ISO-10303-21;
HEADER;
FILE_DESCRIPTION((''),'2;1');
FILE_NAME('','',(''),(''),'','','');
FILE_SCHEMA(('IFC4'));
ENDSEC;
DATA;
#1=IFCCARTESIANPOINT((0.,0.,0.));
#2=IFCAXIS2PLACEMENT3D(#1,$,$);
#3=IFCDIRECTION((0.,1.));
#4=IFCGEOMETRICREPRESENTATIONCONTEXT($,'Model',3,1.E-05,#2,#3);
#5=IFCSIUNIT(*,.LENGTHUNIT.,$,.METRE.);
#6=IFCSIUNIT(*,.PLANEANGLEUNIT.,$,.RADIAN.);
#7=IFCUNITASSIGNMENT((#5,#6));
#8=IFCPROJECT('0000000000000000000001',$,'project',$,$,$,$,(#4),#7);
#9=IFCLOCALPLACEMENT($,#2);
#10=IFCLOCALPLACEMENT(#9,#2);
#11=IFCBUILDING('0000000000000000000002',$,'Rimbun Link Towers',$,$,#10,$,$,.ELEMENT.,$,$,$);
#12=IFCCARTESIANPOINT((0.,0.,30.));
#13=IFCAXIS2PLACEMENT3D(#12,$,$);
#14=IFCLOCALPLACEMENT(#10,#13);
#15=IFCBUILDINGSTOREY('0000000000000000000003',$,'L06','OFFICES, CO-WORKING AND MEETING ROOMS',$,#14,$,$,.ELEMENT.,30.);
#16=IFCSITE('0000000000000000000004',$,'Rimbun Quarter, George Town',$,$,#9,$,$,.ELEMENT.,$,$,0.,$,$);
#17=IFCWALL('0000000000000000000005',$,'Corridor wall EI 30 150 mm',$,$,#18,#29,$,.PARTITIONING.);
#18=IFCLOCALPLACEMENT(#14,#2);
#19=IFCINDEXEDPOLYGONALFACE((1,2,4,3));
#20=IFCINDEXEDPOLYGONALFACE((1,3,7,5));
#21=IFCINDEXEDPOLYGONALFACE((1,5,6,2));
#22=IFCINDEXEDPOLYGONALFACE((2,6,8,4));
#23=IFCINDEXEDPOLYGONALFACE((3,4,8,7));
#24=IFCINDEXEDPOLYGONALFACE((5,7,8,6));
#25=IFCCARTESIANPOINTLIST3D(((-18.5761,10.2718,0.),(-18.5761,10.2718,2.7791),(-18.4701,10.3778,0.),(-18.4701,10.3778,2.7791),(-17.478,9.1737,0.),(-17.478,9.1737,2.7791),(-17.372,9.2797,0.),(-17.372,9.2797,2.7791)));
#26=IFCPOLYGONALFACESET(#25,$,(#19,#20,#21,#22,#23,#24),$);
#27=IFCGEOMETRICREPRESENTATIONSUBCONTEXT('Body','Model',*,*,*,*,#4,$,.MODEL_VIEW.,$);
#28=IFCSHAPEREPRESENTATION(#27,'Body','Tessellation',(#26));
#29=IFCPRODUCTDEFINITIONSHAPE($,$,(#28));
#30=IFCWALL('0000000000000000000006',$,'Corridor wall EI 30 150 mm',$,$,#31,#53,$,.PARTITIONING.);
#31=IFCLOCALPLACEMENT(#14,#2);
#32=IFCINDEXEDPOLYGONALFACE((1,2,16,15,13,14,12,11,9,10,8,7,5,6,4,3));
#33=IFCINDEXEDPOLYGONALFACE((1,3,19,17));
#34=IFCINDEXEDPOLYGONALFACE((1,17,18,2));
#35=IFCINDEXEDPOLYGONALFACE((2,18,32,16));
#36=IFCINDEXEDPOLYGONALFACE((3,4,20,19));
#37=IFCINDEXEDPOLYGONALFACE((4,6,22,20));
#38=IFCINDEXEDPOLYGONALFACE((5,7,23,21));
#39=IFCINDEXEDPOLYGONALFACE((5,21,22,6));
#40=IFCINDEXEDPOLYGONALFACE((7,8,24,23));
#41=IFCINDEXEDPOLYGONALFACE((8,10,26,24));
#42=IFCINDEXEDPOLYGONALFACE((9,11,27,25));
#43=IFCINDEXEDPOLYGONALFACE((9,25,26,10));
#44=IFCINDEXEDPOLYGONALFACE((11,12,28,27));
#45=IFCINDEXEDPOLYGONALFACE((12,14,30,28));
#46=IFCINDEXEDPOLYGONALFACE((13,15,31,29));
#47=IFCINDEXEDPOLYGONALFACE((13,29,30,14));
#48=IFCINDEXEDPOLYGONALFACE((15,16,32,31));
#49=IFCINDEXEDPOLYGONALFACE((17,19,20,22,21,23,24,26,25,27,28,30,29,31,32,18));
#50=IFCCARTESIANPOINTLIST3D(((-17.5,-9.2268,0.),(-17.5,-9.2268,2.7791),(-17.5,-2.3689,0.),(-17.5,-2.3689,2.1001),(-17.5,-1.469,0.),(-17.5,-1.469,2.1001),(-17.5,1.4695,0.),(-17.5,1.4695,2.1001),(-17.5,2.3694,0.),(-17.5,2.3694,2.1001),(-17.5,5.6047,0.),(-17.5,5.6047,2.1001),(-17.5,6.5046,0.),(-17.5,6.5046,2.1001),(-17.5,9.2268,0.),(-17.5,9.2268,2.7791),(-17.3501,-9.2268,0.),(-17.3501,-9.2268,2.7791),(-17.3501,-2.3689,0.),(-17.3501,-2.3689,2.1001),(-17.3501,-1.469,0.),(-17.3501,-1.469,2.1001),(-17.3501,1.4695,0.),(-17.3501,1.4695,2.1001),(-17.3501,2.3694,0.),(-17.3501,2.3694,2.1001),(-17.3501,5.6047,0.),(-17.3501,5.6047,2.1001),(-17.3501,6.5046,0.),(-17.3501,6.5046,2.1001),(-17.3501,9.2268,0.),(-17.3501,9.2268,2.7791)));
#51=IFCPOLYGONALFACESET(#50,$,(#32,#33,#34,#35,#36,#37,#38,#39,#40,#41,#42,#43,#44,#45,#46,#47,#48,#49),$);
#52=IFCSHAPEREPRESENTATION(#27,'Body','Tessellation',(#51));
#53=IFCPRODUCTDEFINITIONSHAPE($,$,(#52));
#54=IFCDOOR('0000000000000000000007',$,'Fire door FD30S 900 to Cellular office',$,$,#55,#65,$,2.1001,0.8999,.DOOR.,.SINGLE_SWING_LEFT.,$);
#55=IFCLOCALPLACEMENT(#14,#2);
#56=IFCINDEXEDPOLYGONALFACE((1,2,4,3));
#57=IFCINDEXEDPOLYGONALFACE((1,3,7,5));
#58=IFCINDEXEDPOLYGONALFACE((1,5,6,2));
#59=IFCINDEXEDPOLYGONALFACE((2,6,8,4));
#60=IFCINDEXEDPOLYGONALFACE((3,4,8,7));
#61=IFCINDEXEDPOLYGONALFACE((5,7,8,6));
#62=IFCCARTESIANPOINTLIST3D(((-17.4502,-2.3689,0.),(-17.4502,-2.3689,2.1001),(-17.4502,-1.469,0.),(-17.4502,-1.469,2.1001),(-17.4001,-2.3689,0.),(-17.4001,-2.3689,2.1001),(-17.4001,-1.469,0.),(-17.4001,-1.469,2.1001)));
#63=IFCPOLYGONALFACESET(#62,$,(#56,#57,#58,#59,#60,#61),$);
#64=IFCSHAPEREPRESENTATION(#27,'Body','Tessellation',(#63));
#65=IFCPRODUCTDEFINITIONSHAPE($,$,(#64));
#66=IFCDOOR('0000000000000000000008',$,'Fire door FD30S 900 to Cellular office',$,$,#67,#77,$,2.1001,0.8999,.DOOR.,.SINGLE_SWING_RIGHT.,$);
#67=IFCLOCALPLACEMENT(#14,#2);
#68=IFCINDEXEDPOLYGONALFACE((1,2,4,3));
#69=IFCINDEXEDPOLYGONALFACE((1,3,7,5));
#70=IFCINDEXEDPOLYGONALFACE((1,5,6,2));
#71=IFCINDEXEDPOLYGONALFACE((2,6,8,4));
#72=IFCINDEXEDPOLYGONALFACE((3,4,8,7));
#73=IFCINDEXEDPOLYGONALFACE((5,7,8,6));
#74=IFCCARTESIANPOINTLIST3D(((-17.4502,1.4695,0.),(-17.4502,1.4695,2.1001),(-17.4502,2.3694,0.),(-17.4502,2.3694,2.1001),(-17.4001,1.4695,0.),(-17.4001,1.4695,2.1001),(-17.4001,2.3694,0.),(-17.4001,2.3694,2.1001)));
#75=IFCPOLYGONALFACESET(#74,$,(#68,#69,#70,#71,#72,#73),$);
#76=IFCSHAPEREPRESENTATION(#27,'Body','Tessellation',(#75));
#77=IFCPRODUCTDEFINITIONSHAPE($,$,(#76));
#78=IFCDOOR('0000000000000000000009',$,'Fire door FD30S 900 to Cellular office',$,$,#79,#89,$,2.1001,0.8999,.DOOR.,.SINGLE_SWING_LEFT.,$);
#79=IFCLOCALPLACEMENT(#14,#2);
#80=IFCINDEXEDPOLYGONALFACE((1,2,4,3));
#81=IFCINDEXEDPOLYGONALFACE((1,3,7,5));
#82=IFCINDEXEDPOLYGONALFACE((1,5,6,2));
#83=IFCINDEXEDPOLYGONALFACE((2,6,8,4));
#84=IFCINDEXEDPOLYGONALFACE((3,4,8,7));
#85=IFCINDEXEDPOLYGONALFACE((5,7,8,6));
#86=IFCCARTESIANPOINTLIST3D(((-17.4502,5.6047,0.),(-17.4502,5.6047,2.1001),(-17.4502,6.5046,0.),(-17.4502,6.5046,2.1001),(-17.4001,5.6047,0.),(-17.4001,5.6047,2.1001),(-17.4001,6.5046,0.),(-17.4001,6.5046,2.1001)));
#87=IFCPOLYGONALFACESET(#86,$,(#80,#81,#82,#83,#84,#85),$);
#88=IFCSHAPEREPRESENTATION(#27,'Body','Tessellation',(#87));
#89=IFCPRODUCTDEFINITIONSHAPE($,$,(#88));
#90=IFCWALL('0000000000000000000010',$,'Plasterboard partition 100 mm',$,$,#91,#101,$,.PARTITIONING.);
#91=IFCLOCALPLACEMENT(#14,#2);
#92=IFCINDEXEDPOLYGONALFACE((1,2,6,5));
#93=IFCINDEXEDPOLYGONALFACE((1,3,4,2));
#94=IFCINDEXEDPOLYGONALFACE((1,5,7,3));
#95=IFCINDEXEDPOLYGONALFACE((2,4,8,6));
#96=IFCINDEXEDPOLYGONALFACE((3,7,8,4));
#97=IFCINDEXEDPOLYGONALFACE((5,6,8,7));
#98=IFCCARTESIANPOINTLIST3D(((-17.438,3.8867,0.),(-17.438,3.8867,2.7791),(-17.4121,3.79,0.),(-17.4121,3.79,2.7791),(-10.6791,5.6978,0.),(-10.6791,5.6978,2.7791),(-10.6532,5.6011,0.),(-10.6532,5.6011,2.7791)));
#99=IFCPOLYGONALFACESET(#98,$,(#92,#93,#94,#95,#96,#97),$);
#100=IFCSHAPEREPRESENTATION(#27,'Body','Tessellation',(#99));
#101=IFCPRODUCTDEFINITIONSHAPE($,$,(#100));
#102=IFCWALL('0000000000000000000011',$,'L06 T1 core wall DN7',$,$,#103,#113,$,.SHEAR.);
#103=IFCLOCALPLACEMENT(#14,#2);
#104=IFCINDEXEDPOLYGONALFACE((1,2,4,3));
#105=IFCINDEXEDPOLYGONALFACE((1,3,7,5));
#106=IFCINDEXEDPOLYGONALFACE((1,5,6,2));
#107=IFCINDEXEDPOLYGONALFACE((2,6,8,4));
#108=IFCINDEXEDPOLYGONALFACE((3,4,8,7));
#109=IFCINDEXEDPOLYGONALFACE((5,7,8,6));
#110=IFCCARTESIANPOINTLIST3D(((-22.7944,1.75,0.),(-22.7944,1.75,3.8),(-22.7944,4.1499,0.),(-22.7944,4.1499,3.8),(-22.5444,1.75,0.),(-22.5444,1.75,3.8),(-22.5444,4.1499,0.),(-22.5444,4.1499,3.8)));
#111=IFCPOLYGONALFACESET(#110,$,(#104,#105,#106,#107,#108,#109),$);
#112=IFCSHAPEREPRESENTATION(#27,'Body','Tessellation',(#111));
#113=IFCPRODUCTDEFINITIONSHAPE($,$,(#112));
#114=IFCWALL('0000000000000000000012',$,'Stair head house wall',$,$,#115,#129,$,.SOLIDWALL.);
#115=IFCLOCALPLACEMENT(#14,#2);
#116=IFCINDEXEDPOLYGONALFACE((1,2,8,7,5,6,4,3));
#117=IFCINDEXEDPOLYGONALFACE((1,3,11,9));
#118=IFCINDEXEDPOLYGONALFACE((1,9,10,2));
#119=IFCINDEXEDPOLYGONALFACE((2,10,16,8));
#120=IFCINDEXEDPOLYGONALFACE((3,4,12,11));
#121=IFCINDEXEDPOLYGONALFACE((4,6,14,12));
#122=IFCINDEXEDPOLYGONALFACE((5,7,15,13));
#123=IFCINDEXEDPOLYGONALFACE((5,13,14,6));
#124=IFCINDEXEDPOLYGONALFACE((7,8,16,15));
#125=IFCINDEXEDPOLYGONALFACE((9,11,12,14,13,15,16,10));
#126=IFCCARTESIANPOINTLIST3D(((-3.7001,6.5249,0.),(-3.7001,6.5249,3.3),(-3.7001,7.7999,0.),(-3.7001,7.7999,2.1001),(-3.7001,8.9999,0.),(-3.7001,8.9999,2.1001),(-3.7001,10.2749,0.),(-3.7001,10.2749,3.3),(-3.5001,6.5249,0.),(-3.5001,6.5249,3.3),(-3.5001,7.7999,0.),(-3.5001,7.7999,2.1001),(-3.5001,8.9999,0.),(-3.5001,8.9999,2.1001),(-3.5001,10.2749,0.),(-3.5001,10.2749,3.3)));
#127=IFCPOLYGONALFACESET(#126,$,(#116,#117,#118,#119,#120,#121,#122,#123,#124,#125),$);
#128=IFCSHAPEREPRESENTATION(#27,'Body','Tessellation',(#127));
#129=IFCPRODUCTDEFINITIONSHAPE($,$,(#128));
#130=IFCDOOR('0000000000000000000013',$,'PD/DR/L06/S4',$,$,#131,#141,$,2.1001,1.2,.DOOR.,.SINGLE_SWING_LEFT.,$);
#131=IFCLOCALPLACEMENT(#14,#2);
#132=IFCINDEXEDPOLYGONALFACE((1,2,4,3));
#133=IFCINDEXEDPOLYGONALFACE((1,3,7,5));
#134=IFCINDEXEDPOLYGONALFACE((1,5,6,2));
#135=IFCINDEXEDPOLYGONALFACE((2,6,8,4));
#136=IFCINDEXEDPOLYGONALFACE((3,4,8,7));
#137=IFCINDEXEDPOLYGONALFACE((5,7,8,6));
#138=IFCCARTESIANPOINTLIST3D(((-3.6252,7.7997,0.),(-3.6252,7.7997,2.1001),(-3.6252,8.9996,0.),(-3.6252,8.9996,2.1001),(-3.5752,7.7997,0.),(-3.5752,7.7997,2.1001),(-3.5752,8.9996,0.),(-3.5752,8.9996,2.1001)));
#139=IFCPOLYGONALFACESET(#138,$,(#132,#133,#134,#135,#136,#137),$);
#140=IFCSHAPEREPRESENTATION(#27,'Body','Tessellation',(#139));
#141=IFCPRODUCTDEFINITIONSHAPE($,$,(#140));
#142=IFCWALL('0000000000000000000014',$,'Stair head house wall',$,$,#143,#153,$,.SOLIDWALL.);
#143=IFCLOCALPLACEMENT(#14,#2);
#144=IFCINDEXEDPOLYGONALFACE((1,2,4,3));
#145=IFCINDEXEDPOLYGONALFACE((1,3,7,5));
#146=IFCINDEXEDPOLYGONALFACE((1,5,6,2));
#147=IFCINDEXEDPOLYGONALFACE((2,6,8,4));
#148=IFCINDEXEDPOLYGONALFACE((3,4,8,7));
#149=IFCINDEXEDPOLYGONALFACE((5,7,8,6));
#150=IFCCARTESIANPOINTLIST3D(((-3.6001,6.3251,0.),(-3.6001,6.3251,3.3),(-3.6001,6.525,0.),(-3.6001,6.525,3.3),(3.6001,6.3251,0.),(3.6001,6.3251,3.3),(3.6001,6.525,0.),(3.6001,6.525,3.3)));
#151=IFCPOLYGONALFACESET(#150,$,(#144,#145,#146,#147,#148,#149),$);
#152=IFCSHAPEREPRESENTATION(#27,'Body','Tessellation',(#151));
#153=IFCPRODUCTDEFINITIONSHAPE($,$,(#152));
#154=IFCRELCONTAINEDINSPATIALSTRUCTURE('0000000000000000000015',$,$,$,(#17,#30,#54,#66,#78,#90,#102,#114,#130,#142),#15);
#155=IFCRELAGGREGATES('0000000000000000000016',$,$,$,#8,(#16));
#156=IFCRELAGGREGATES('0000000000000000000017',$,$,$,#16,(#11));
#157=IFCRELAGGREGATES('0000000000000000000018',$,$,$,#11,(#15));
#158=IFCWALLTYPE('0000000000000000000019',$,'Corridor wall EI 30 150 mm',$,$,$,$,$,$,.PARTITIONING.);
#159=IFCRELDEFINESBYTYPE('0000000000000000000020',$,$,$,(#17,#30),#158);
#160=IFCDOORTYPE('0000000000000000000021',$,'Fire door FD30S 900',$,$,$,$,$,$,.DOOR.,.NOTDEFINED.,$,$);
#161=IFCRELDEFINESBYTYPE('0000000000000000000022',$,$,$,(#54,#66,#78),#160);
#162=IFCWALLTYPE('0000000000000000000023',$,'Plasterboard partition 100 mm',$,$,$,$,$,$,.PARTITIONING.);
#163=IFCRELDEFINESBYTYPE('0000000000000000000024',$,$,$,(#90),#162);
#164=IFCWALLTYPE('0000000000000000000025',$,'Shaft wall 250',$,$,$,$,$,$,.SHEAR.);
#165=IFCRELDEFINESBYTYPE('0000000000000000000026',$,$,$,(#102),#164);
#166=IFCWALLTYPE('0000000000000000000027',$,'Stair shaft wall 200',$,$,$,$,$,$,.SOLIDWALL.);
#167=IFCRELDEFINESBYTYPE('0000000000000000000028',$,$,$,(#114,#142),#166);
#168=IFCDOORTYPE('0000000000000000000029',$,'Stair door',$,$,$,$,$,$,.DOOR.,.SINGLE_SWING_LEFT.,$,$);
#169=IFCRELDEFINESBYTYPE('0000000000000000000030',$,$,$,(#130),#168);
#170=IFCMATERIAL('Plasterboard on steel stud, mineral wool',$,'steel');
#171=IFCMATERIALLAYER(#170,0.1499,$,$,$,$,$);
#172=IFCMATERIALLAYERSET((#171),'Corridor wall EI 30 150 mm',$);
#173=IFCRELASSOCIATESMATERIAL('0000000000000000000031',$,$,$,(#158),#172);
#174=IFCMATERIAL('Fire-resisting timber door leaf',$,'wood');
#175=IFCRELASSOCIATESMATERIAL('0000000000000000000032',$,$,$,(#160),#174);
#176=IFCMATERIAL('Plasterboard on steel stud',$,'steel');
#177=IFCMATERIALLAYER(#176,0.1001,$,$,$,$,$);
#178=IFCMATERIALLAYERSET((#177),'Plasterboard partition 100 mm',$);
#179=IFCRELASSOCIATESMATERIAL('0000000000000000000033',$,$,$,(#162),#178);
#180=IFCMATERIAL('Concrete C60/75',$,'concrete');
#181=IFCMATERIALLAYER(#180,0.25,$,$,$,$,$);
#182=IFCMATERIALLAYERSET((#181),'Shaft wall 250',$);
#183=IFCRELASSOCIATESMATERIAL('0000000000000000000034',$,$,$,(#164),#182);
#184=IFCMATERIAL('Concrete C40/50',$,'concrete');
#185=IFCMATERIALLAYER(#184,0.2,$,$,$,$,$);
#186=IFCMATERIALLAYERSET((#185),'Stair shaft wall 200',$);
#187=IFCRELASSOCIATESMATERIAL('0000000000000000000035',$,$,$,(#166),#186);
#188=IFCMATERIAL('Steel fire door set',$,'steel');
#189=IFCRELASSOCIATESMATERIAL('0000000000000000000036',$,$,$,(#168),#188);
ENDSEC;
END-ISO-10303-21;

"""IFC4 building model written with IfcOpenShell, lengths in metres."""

from ifc_helpers import new_model, si_unit, direction, frame, frame_2d, origin, place, context, subcontext, project, spatial, rectangle, extrude, material, layer, layer_set, type_object, element, fill, save


model = new_model("IFC4")

# Units and contexts
model_context = context("Model", 3, precision=1e-05, world=origin(), true_north=direction((0.0, 1.0)))
body_context = subcontext(model_context, "Body", "Model", "MODEL_VIEW")
ifc_project = project(units=[si_unit("LENGTHUNIT", "METRE"), si_unit("PLANEANGLEUNIT", "RADIAN")], contexts=[model_context])

# Site, building, storey
site_placement = place(None, origin())
site = spatial("IfcSite", under=ifc_project, at=site_placement, Name="Rimbun Quarter, George Town", CompositionType="ELEMENT", RefElevation=0.0)
building_placement = place(site_placement, origin())
building = spatial("IfcBuilding", under=site, at=building_placement, Name="Rimbun Link Towers", CompositionType="ELEMENT")
storey_placement = place(building_placement, frame((0.0, 0.0, 30.0)))
storey = spatial("IfcBuildingStorey", under=building, at=storey_placement, Name="L06", Description="OFFICES, CO-WORKING AND MEETING ROOMS", CompositionType="ELEMENT", Elevation=30.0)

# Wall
ifc_material_1 = material(Name="Plasterboard on steel stud, mineral wool", Category="steel")
ifc_layer_1 = layer(ifc_material_1, 0.1499)
ifc_layer_set_1 = layer_set([ifc_layer_1], Name="Corridor wall EI 30 150 mm")
wall_type_1 = type_object("IfcWallType", Name="Corridor wall EI 30 150 mm", PredefinedType="PARTITIONING", material=ifc_layer_set_1)
wall_1_placement = place(storey_placement, frame((-17.425, 9.2268, 0.0), z_axis=(0.0, 0.0, 1.0), x_axis=(-0.707107, 0.707107, 0.0)))
element("IfcWall", 1, at=wall_1_placement, inside=storey, type_object=wall_type_1, Name="Corridor wall EI 30 150 mm", PredefinedType="PARTITIONING", context=body_context, shape_type="SweptSolid", body=[
    extrude(rectangle(XDim=1.553, YDim=0.1499, at=frame_2d((0.7764, 0.0))), origin(), (0.0, 0.0, 1.0), 2.7791),
])

# Wall, openings, doors
wall_2_placement = place(storey_placement, frame((-17.425, 9.2268, 0.0), z_axis=(0.0, 0.0, 1.0), x_axis=(0.0, -1.0, 0.0)))
wall_2 = element("IfcWall", 2, at=wall_2_placement, inside=storey, type_object=wall_type_1, Name="Corridor wall EI 30 150 mm", PredefinedType="PARTITIONING", context=body_context, shape_type="SweptSolid", body=[
    extrude(rectangle(XDim=18.4536, YDim=0.1499, at=frame_2d((9.2268, 0.0))), origin(), (0.0, 0.0, 1.0), 2.7791),
])
opening_1_placement = place(wall_2_placement, frame((10.6958, 0.0, 0.0)))
opening_1 = element("IfcOpeningElement", 3, at=opening_1_placement, cuts=wall_2, PredefinedType="OPENING", context=body_context, shape_type="SweptSolid", body=[
    extrude(rectangle(XDim=0.8999, YDim=2.1001, at=frame_2d((0.45, 1.05))), frame((0.0, 0.085, 0.0), z_axis=(0.0, -1.0, 0.0), x_axis=(1.0, 0.0, 0.0)), (0.0, 0.0, 1.0), 0.1699),
])
opening_2_placement = place(wall_2_placement, frame((6.8574, 0.0, 0.0)))
opening_2 = element("IfcOpeningElement", 4, at=opening_2_placement, cuts=wall_2, PredefinedType="OPENING", context=body_context, shape_type="SweptSolid", body=[
    extrude(rectangle(XDim=0.8999, YDim=2.1001, at=frame_2d((0.45, 1.05))), frame((0.0, 0.085, 0.0), z_axis=(0.0, -1.0, 0.0), x_axis=(1.0, 0.0, 0.0)), (0.0, 0.0, 1.0), 0.1699),
])
opening_3_placement = place(wall_2_placement, frame((2.7222, 0.0, 0.0)))
opening_3 = element("IfcOpeningElement", 5, at=opening_3_placement, cuts=wall_2, PredefinedType="OPENING", context=body_context, shape_type="SweptSolid", body=[
    extrude(rectangle(XDim=0.8999, YDim=2.1001, at=frame_2d((0.45, 1.05))), frame((0.0, 0.085, 0.0), z_axis=(0.0, -1.0, 0.0), x_axis=(1.0, 0.0, 0.0)), (0.0, 0.0, 1.0), 0.1699),
])
ifc_material_2 = material(Name="Fire-resisting timber door leaf", Category="wood")
door_type_1 = type_object("IfcDoorType", Name="Fire door FD30S 900", OperationType="NOTDEFINED", PredefinedType="DOOR", material=ifc_material_2)
door_1_placement = place(opening_1_placement, origin())
door_1 = element("IfcDoor", 6, at=door_1_placement, inside=storey, type_object=door_type_1, Name="Fire door FD30S 900 to Cellular office", OperationType="SINGLE_SWING_LEFT", OverallHeight=2.1001, OverallWidth=0.8999, PredefinedType="DOOR", context=body_context, shape_type="SweptSolid", body=[
    extrude(rectangle(XDim=0.8999, YDim=2.1001, at=frame_2d((0.45, 1.05))), frame((0.0, 0.0249, 0.0), z_axis=(0.0, -1.0, 0.0), x_axis=(1.0, 0.0, 0.0)), (0.0, 0.0, 1.0), 0.05),
])
fill(opening_1, door_1)
door_2_placement = place(opening_2_placement, origin())
door_2 = element("IfcDoor", 7, at=door_2_placement, inside=storey, type_object=door_type_1, Name="Fire door FD30S 900 to Cellular office", OperationType="SINGLE_SWING_RIGHT", OverallHeight=2.1001, OverallWidth=0.8999, PredefinedType="DOOR", context=body_context, shape_type="SweptSolid", body=[
    extrude(rectangle(XDim=0.8999, YDim=2.1001, at=frame_2d((0.45, 1.05))), frame((0.0, 0.0249, 0.0), z_axis=(0.0, -1.0, 0.0), x_axis=(1.0, 0.0, 0.0)), (0.0, 0.0, 1.0), 0.05),
])
fill(opening_2, door_2)
door_3_placement = place(opening_3_placement, origin())
door_3 = element("IfcDoor", 8, at=door_3_placement, inside=storey, type_object=door_type_1, Name="Fire door FD30S 900 to Cellular office", OperationType="SINGLE_SWING_LEFT", OverallHeight=2.1001, OverallWidth=0.8999, PredefinedType="DOOR", context=body_context, shape_type="SweptSolid", body=[
    extrude(rectangle(XDim=0.8999, YDim=2.1001, at=frame_2d((0.45, 1.05))), frame((0.0, 0.0249, 0.0), z_axis=(0.0, -1.0, 0.0), x_axis=(1.0, 0.0, 0.0)), (0.0, 0.0, 1.0), 0.05),
])
fill(opening_3, door_3)

# Walls
ifc_material_3 = material(Name="Plasterboard on steel stud", Category="steel")
ifc_layer_2 = layer(ifc_material_3, 0.1001)
ifc_layer_set_2 = layer_set([ifc_layer_2], Name="Plasterboard partition 100 mm")
wall_type_2 = type_object("IfcWallType", Name="Plasterboard partition 100 mm", PredefinedType="PARTITIONING", material=ifc_layer_set_2)
wall_3_placement = place(storey_placement, frame((-10.6663, 5.6494, 0.0), z_axis=(0.0, 0.0, 1.0), x_axis=(-0.965925, -0.258822, 0.0)))
element("IfcWall", 9, at=wall_3_placement, inside=storey, type_object=wall_type_2, Name="Plasterboard partition 100 mm", PredefinedType="PARTITIONING", context=body_context, shape_type="SweptSolid", body=[
    extrude(rectangle(XDim=6.9973, YDim=0.1001, at=frame_2d((3.4985, 0.0))), origin(), (0.0, 0.0, 1.0), 2.7791),
])
ifc_material_4 = material(Name="Concrete C60/75", Category="concrete")
ifc_layer_3 = layer(ifc_material_4, 0.25)
ifc_layer_set_3 = layer_set([ifc_layer_3], Name="Shaft wall 250")
wall_type_3 = type_object("IfcWallType", Name="Shaft wall 250", PredefinedType="SHEAR", material=ifc_layer_set_3)
wall_4_placement = place(storey_placement, frame((-22.6694, 1.75, 0.0), z_axis=(0.0, 0.0, 1.0), x_axis=(0.0, 1.0, 0.0)))
element("IfcWall", 10, at=wall_4_placement, inside=storey, type_object=wall_type_3, Name="L06 T1 core wall DN7", PredefinedType="SHEAR", context=body_context, shape_type="SweptSolid", body=[
    extrude(rectangle(XDim=2.3999, YDim=0.25, at=frame_2d((1.2, 0.0))), origin(), (0.0, 0.0, 1.0), 3.8),
])

# Wall, opening, door
ifc_material_5 = material(Name="Concrete C40/50", Category="concrete")
ifc_layer_4 = layer(ifc_material_5, 0.2)
ifc_layer_set_4 = layer_set([ifc_layer_4], Name="Stair shaft wall 200")
wall_type_4 = type_object("IfcWallType", Name="Stair shaft wall 200", PredefinedType="SOLIDWALL", material=ifc_layer_set_4)
wall_5_placement = place(storey_placement, frame((-3.6001, 6.5249, 0.0), z_axis=(0.0, 0.0, 1.0), x_axis=(0.0, 1.0, 0.0)))
wall_5 = element("IfcWall", 11, at=wall_5_placement, inside=storey, type_object=wall_type_4, Name="Stair head house wall", PredefinedType="SOLIDWALL", context=body_context, shape_type="SweptSolid", body=[
    extrude(rectangle(XDim=3.75, YDim=0.2, at=frame_2d((1.875, 0.0))), origin(), (0.0, 0.0, 1.0), 3.3),
])
opening_4_placement = place(wall_5_placement, frame((1.2749, 0.0, 0.0)))
opening_4 = element("IfcOpeningElement", 12, at=opening_4_placement, cuts=wall_5, PredefinedType="OPENING", context=body_context, shape_type="SweptSolid", body=[
    extrude(rectangle(XDim=1.2, YDim=2.1001, at=frame_2d((0.6001, 1.05))), frame((0.0, 0.1099, 0.0), z_axis=(0.0, -1.0, 0.0), x_axis=(1.0, 0.0, 0.0)), (0.0, 0.0, 1.0), 0.22),
])
ifc_material_6 = material(Name="Steel fire door set", Category="steel")
door_type_2 = type_object("IfcDoorType", Name="Stair door", OperationType="SINGLE_SWING_LEFT", PredefinedType="DOOR", material=ifc_material_6)
door_4_placement = place(opening_4_placement, frame((1.2, 0.0, 0.0), z_axis=(0.0, 0.0, 1.0), x_axis=(-1.0, 0.0, 0.0)))
door_4 = element("IfcDoor", 13, at=door_4_placement, inside=storey, type_object=door_type_2, Name="PD/DR/L06/S4", OperationType="SINGLE_SWING_LEFT", OverallHeight=2.1001, OverallWidth=1.2, PredefinedType="DOOR", context=body_context, shape_type="SweptSolid", body=[
    extrude(rectangle(XDim=1.2, YDim=2.1001, at=frame_2d((0.6001, 1.05))), frame((0.0, 0.0249, 0.0), z_axis=(0.0, -1.0, 0.0), x_axis=(1.0, 0.0, 0.0)), (0.0, 0.0, 1.0), 0.05),
])
fill(opening_4, door_4)

# Wall
wall_6_placement = place(storey_placement, frame((-3.6001, 6.425, 0.0), z_axis=(0.0, 0.0, 1.0), x_axis=(1.0, 0.0, 0.0)))
element("IfcWall", 14, at=wall_6_placement, inside=storey, type_object=wall_type_4, Name="Stair head house wall", PredefinedType="SOLIDWALL", context=body_context, shape_type="SweptSolid", body=[
    extrude(rectangle(XDim=7.2002, YDim=0.2, at=frame_2d((3.6001, 0.0))), origin(), (0.0, 0.0, 1.0), 3.3),
])

save(model, "model.ifc")
